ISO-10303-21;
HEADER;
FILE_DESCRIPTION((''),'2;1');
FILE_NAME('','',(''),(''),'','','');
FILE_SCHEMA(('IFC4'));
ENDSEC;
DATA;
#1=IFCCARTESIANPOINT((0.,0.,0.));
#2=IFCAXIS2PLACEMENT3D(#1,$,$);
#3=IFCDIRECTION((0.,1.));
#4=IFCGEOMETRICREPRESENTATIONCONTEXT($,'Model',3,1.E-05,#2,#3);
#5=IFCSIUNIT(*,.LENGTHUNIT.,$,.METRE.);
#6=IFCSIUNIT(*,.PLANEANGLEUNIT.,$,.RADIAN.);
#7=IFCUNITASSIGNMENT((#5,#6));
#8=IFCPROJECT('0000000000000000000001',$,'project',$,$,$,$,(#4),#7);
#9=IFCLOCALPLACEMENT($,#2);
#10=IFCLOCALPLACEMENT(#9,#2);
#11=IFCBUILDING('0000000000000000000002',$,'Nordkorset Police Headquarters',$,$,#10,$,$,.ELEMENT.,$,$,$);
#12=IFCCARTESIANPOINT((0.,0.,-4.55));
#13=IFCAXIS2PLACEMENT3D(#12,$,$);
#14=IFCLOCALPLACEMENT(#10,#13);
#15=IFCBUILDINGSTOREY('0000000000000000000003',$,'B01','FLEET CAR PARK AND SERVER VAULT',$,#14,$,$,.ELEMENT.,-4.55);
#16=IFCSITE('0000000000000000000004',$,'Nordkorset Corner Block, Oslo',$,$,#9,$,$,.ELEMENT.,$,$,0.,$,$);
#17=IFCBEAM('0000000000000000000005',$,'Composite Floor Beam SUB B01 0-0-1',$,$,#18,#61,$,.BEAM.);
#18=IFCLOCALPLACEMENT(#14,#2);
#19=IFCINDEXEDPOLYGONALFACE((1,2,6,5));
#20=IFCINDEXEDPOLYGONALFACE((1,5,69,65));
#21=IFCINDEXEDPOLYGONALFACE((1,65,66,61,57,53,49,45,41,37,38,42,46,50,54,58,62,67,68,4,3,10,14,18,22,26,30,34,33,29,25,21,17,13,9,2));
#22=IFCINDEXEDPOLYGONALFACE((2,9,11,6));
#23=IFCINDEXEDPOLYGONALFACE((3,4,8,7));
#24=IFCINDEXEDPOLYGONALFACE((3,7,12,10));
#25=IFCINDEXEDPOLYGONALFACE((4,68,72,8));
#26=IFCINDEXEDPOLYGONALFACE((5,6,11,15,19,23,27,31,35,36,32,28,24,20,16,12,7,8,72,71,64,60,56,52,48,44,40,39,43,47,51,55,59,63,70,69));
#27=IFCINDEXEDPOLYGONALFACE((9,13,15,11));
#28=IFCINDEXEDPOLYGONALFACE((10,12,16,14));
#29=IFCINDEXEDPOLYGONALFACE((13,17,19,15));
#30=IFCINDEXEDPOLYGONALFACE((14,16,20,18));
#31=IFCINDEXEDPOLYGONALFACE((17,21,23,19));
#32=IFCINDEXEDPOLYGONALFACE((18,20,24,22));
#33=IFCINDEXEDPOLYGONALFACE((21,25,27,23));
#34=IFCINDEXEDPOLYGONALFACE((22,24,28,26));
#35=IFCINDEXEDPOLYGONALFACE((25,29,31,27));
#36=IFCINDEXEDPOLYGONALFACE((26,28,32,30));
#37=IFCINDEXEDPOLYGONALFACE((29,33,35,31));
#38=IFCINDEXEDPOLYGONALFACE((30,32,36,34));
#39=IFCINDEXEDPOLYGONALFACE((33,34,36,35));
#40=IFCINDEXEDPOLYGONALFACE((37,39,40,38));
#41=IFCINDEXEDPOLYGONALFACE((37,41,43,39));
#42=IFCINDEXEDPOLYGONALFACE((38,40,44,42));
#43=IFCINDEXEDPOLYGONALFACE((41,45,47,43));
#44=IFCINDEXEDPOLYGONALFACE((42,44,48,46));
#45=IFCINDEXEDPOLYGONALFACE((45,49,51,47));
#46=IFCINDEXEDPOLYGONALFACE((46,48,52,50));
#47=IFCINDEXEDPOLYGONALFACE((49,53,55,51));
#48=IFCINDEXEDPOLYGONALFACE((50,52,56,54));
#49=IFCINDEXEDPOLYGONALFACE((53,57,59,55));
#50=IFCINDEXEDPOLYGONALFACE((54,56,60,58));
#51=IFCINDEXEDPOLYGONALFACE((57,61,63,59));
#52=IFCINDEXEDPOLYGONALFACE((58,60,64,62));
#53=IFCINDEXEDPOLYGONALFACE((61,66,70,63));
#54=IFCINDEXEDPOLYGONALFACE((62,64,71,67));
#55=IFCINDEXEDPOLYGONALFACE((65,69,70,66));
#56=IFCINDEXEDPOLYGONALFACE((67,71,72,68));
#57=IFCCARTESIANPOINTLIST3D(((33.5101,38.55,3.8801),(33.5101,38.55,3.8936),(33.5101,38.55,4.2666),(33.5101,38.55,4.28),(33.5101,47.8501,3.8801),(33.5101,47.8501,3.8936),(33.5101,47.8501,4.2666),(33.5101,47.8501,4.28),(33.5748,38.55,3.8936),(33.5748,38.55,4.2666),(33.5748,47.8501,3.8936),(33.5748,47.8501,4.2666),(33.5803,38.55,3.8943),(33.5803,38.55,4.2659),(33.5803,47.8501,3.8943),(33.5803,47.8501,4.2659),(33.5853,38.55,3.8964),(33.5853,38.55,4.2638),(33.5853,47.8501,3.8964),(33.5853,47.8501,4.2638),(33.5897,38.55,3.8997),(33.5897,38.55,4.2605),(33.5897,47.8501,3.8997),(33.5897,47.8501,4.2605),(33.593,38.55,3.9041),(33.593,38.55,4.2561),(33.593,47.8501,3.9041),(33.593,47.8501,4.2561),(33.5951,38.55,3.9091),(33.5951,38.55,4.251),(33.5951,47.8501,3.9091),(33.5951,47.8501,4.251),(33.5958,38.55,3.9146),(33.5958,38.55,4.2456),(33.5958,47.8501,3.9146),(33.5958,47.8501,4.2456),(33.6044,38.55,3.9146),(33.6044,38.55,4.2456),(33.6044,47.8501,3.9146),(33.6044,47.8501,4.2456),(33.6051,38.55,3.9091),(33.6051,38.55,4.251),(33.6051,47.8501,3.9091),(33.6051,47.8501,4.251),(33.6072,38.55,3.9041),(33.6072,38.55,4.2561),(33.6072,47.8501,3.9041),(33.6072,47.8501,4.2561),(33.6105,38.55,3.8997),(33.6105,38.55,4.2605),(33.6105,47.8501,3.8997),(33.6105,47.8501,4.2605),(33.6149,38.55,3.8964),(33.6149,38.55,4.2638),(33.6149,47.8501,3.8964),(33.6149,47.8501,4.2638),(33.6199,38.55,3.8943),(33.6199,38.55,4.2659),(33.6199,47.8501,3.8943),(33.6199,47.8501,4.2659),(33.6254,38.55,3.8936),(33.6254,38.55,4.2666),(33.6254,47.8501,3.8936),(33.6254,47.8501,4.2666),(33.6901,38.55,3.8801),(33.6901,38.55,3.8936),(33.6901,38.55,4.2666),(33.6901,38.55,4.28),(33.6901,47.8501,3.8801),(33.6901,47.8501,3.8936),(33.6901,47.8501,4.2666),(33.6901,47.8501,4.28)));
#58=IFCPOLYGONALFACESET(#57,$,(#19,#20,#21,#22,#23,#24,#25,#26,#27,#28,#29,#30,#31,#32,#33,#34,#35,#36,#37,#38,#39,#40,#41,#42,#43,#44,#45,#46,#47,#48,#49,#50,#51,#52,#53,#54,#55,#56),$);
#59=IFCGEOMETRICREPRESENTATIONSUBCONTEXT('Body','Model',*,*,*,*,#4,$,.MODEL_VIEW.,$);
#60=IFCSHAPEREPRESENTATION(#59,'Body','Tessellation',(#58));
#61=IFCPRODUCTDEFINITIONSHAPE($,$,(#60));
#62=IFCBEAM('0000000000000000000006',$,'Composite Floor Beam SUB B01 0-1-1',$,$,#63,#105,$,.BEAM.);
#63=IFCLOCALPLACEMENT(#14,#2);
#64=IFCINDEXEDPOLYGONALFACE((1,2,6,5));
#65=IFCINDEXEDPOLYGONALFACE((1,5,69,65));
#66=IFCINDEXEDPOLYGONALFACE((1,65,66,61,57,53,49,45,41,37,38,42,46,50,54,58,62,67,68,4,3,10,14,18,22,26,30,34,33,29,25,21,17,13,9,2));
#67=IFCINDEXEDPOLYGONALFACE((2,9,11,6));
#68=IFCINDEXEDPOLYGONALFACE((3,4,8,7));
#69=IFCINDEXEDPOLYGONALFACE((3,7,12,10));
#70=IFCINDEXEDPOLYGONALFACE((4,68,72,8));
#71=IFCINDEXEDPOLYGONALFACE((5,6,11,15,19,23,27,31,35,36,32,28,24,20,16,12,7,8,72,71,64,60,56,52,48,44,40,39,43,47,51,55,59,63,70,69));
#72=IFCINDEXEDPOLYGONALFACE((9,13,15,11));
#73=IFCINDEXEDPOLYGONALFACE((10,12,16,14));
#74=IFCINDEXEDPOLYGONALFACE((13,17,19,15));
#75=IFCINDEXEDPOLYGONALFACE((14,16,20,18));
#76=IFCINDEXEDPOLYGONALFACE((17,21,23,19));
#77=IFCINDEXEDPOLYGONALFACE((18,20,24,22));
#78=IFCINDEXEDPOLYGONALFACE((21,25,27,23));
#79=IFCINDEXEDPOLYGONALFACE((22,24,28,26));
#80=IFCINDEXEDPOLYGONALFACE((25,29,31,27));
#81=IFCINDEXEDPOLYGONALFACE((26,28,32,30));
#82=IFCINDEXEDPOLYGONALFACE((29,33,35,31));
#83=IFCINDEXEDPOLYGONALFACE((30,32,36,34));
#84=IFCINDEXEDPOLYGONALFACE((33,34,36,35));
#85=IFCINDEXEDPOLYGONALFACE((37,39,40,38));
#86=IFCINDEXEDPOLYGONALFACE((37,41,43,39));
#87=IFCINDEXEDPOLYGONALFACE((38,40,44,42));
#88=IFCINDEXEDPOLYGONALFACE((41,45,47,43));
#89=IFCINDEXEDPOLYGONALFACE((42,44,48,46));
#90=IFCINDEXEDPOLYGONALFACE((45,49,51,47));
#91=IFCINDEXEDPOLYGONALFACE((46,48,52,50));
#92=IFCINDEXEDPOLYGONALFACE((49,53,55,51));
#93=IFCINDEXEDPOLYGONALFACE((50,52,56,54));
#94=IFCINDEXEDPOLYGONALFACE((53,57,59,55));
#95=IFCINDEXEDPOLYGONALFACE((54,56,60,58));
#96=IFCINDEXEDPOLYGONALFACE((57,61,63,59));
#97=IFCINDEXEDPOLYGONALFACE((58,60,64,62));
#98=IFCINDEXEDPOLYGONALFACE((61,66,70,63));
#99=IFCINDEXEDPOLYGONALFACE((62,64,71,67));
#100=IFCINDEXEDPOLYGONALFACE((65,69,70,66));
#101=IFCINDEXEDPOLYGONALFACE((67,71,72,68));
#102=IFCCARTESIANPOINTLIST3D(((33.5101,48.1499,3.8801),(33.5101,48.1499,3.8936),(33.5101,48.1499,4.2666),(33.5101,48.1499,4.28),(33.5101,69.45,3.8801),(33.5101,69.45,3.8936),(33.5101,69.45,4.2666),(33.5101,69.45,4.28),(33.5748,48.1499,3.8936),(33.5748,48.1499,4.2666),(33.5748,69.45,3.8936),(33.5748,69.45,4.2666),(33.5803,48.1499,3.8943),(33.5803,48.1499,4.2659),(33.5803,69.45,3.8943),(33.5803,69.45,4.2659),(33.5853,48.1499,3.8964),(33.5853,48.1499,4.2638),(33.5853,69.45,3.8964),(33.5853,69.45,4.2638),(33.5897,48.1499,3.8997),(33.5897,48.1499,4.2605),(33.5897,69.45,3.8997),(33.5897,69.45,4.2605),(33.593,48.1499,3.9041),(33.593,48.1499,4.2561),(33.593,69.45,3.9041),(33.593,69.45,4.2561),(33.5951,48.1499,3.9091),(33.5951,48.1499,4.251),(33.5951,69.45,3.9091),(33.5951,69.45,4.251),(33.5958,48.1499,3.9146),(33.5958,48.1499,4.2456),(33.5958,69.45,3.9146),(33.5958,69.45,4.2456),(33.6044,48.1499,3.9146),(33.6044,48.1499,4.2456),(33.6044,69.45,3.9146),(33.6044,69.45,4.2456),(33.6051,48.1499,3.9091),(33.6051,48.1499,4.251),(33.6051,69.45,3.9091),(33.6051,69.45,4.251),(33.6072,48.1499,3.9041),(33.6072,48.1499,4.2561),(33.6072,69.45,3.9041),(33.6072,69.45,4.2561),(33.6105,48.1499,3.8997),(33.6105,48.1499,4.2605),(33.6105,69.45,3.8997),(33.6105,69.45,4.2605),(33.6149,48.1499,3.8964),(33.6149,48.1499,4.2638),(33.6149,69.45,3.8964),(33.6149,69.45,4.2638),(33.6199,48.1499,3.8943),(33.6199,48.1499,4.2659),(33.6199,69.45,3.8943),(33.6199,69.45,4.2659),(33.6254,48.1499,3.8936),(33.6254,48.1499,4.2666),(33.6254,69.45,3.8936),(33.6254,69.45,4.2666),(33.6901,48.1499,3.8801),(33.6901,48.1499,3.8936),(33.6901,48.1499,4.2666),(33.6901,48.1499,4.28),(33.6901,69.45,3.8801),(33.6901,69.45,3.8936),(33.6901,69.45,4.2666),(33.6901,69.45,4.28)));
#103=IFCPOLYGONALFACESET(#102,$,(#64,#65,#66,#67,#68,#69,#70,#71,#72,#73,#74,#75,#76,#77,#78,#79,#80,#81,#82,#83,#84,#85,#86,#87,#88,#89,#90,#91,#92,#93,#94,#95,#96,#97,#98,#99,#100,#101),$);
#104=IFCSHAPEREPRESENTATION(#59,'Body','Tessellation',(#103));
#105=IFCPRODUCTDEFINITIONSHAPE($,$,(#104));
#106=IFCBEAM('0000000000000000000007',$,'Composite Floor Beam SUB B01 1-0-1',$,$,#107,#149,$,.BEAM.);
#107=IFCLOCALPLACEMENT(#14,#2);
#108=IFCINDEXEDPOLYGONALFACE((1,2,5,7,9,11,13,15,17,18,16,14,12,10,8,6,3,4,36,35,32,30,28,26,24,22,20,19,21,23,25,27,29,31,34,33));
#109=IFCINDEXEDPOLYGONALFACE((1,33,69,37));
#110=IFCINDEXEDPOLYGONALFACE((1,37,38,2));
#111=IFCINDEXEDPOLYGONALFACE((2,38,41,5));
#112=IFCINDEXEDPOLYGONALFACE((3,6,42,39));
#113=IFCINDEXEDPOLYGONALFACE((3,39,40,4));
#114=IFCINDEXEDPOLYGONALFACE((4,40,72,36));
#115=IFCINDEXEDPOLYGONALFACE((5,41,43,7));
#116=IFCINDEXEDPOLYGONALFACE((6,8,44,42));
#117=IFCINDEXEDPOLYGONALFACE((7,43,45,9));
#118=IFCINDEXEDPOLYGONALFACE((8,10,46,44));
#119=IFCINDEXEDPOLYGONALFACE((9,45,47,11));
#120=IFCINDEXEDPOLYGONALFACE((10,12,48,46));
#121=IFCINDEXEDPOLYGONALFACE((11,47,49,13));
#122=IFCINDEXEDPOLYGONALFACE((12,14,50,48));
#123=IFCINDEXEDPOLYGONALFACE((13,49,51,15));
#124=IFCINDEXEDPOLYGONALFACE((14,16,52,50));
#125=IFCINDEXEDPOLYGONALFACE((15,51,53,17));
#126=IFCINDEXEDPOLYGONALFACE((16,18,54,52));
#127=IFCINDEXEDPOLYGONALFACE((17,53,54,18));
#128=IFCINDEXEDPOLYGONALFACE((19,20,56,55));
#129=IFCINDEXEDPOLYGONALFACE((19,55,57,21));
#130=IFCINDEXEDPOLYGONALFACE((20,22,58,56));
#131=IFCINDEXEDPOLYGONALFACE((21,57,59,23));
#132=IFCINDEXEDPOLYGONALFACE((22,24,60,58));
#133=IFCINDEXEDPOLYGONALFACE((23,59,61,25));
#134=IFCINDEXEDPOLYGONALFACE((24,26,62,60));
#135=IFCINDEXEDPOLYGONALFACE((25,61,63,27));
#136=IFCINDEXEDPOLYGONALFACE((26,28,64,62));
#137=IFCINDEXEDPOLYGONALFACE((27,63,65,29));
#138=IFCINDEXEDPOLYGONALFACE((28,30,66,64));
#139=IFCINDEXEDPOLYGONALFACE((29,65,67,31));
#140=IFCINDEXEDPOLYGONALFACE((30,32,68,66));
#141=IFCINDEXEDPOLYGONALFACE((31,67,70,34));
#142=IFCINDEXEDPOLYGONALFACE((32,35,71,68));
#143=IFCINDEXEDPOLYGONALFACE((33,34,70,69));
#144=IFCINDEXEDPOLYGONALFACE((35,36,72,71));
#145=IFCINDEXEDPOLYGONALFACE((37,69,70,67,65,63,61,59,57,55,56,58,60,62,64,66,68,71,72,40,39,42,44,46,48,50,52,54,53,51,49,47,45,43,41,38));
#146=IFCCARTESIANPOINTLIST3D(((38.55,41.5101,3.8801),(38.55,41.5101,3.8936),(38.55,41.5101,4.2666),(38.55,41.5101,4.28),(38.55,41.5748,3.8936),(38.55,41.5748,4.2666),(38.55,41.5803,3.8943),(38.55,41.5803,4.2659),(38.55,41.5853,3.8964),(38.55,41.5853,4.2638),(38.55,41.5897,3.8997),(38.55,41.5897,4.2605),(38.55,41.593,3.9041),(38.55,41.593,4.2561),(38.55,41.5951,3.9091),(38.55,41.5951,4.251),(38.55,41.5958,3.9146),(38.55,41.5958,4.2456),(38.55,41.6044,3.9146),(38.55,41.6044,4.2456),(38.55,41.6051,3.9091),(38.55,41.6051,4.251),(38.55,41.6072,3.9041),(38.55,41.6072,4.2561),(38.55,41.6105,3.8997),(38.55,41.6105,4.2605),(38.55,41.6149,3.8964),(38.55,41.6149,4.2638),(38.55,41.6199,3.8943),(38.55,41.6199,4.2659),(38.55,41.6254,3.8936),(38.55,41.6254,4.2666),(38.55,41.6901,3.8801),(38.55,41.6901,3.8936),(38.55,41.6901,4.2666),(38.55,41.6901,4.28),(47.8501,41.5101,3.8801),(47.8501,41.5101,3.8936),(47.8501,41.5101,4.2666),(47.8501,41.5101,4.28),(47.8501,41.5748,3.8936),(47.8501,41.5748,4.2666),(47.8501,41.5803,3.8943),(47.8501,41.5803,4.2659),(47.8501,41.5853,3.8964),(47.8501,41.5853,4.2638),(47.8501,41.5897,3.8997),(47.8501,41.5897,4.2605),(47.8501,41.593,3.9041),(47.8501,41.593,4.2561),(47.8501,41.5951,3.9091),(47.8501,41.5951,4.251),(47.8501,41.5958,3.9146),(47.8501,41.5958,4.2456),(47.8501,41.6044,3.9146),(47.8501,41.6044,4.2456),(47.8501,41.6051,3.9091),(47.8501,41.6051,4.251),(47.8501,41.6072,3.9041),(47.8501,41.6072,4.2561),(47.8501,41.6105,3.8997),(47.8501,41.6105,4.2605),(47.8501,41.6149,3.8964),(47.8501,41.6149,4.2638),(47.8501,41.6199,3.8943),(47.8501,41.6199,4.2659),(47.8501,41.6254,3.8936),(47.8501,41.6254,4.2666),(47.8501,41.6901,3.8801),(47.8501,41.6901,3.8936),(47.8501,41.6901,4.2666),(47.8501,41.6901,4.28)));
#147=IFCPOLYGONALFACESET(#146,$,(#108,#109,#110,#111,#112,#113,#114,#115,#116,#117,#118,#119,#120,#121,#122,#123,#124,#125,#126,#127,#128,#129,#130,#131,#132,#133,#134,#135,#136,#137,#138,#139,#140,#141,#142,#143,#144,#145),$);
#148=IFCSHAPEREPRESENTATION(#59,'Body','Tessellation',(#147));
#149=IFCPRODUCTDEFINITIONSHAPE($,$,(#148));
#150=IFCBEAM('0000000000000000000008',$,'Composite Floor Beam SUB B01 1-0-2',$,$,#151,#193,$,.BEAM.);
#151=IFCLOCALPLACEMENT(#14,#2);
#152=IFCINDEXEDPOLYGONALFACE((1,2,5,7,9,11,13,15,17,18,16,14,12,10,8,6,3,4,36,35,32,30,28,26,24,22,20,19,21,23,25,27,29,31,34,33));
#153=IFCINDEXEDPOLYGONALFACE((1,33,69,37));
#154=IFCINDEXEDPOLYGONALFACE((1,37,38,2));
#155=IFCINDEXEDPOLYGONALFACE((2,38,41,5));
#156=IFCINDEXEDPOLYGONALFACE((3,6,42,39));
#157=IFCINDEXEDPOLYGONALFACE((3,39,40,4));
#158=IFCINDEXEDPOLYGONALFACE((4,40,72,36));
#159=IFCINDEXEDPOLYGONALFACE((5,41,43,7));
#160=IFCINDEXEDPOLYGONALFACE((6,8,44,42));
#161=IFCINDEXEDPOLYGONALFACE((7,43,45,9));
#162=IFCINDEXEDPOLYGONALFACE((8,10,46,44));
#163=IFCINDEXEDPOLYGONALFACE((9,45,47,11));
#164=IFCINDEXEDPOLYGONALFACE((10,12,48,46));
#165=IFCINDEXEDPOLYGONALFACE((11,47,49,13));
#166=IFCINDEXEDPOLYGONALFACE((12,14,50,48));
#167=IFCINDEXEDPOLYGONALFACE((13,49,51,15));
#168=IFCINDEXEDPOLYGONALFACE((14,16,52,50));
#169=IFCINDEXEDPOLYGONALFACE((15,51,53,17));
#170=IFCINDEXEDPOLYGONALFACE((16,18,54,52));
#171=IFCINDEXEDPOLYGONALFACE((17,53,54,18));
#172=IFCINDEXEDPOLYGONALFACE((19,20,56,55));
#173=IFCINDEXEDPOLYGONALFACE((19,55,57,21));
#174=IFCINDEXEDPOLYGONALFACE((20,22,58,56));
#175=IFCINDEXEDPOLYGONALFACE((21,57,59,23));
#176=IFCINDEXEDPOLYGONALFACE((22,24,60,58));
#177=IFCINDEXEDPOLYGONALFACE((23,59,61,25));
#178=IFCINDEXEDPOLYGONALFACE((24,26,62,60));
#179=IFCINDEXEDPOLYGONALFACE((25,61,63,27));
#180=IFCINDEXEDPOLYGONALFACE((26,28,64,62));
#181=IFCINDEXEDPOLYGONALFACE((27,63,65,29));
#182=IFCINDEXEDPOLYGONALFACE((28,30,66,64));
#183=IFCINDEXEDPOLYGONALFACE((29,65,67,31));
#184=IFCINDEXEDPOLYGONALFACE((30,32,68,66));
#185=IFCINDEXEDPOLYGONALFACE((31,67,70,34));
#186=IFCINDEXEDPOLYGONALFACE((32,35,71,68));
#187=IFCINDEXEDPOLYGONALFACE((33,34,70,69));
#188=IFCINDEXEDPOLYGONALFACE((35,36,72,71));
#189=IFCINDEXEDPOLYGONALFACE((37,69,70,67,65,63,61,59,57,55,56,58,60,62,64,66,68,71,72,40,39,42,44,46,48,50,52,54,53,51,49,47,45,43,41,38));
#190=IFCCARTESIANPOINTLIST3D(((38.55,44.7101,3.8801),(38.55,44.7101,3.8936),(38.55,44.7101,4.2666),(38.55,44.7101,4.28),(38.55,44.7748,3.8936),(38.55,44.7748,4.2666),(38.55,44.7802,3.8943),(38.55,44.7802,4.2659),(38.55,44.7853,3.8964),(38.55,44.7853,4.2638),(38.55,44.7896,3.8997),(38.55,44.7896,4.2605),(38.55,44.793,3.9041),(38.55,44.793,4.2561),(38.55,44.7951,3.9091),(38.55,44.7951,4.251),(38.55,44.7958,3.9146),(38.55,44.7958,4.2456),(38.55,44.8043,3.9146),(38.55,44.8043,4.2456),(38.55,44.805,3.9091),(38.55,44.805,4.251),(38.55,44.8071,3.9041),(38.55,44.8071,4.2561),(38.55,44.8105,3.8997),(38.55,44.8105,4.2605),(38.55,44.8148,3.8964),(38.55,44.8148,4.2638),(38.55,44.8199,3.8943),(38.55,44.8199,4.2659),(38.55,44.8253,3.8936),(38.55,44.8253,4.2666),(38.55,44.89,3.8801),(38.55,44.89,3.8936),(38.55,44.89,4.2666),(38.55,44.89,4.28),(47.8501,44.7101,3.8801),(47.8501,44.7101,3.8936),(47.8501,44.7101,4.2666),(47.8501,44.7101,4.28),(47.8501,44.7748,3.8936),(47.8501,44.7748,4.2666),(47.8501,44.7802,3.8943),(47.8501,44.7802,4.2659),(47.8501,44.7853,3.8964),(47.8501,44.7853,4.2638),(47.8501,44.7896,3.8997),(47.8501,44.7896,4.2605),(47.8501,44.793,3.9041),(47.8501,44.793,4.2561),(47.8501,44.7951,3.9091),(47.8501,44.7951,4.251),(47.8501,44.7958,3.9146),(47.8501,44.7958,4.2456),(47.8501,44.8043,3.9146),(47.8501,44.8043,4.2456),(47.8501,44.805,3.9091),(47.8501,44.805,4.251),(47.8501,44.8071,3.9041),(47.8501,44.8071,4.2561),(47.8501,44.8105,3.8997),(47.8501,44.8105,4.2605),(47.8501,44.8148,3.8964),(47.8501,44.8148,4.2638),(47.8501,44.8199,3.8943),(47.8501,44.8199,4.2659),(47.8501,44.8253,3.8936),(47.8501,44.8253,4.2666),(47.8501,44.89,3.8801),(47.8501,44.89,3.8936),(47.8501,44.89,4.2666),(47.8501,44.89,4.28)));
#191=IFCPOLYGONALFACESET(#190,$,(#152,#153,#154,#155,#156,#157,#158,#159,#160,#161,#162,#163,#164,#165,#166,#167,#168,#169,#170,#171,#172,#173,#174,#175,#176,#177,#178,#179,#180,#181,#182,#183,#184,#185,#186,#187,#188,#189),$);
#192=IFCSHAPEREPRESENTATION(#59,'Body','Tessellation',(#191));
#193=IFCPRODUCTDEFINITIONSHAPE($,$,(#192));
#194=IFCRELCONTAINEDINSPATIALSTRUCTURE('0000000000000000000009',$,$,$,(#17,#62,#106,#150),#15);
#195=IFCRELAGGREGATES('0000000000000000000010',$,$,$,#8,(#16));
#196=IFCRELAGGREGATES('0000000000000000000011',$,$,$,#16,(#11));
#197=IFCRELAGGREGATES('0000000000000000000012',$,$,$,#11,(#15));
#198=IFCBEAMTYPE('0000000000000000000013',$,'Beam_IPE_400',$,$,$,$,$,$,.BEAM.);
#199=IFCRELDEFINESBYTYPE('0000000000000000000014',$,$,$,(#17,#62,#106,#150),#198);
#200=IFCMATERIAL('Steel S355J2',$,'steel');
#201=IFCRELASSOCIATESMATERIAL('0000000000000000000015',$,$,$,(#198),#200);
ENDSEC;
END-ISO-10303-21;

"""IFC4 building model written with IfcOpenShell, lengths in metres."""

from ifc_helpers import new_model, si_unit, direction, frame, origin, origin_2d, place, context, subcontext, project, spatial, i_section, extrude, material, material_profile, profile_set, type_object, element, save


model = new_model("IFC4")

# Units and contexts
model_context = context("Model", 3, precision=1e-05, world=origin(), true_north=direction((0.0, 1.0)))
body_context = subcontext(model_context, "Body", "Model", "MODEL_VIEW")
ifc_project = project(units=[si_unit("LENGTHUNIT", "METRE"), si_unit("PLANEANGLEUNIT", "RADIAN")], contexts=[model_context])

# Site, building, storey
site_placement = place(None, origin())
site = spatial("IfcSite", under=ifc_project, at=site_placement, Name="Nordkorset Corner Block, Oslo", CompositionType="ELEMENT", RefElevation=0.0)
building_placement = place(site_placement, origin())
building = spatial("IfcBuilding", under=site, at=building_placement, Name="Nordkorset Police Headquarters", CompositionType="ELEMENT")
storey_placement = place(building_placement, frame((0.0, 0.0, -4.55)))
storey = spatial("IfcBuildingStorey", under=building, at=storey_placement, Name="B01", Description="FLEET CAR PARK AND SERVER VAULT", CompositionType="ELEMENT", Elevation=-4.55)

# Beams
ifc_material_1 = material(Name="Steel S355J2", Category="steel")
ifc_material_profile_1 = material_profile(ifc_material_1, i_section(OverallWidth=0.1799, OverallDepth=0.3999, WebThickness=0.0085, FlangeThickness=0.0134, FilletRadius=0.021, at=origin_2d()), Name="IPE 400")
ifc_profile_set_1 = profile_set([ifc_material_profile_1], Name="Steel S355J2")
beam_type_1 = type_object("IfcBeamType", Name="Beam_IPE_400", PredefinedType="BEAM", material=ifc_profile_set_1)
beam_1_placement = place(storey_placement, frame((33.6001, 38.55, 4.0801), z_axis=(0.0, 1.0, 0.0), x_axis=(-1.0, 0.0, 0.0)))
element("IfcBeam", 1, at=beam_1_placement, inside=storey, type_object=beam_type_1, Name="Composite Floor Beam SUB B01 0-0-1", PredefinedType="BEAM", context=body_context, shape_type="SweptSolid", body=[
    extrude(i_section(OverallWidth=0.1799, OverallDepth=0.3999, WebThickness=0.0085, FlangeThickness=0.0134, FilletRadius=0.021, at=origin_2d()), origin(), (0.0, 0.0, 1.0), 9.3),
])
beam_2_placement = place(storey_placement, frame((33.6001, 48.1499, 4.0801), z_axis=(0.0, 1.0, 0.0), x_axis=(-1.0, 0.0, 0.0)))
element("IfcBeam", 2, at=beam_2_placement, inside=storey, type_object=beam_type_1, Name="Composite Floor Beam SUB B01 0-1-1", PredefinedType="BEAM", context=body_context, shape_type="SweptSolid", body=[
    extrude(i_section(OverallWidth=0.1799, OverallDepth=0.3999, WebThickness=0.0085, FlangeThickness=0.0134, FilletRadius=0.021, at=origin_2d()), origin(), (0.0, 0.0, 1.0), 21.3),
])
for number, where, z_axis, x_axis, name in (
    (3, (38.55, 41.6001, 4.0801), (1.0, 0.0, 0.0), (0.0, 1.0, 0.0), "Composite Floor Beam SUB B01 1-0-1"),
    (4, (38.55, 44.8, 4.0801), (1.0, 0.0, 0.0), (0.0, 1.0, 0.0), "Composite Floor Beam SUB B01 1-0-2"),
):
    element("IfcBeam", number, at=place(storey_placement, frame(where, z_axis=z_axis, x_axis=x_axis)), inside=storey, type_object=beam_type_1, Name=name, PredefinedType="BEAM", context=body_context, shape_type="SweptSolid", body=[
        extrude(i_section(OverallWidth=0.1799, OverallDepth=0.3999, WebThickness=0.0085, FlangeThickness=0.0134, FilletRadius=0.021, at=origin_2d()), origin(), (0.0, 0.0, 1.0), 9.3),
    ])

save(model, "model.ifc")
